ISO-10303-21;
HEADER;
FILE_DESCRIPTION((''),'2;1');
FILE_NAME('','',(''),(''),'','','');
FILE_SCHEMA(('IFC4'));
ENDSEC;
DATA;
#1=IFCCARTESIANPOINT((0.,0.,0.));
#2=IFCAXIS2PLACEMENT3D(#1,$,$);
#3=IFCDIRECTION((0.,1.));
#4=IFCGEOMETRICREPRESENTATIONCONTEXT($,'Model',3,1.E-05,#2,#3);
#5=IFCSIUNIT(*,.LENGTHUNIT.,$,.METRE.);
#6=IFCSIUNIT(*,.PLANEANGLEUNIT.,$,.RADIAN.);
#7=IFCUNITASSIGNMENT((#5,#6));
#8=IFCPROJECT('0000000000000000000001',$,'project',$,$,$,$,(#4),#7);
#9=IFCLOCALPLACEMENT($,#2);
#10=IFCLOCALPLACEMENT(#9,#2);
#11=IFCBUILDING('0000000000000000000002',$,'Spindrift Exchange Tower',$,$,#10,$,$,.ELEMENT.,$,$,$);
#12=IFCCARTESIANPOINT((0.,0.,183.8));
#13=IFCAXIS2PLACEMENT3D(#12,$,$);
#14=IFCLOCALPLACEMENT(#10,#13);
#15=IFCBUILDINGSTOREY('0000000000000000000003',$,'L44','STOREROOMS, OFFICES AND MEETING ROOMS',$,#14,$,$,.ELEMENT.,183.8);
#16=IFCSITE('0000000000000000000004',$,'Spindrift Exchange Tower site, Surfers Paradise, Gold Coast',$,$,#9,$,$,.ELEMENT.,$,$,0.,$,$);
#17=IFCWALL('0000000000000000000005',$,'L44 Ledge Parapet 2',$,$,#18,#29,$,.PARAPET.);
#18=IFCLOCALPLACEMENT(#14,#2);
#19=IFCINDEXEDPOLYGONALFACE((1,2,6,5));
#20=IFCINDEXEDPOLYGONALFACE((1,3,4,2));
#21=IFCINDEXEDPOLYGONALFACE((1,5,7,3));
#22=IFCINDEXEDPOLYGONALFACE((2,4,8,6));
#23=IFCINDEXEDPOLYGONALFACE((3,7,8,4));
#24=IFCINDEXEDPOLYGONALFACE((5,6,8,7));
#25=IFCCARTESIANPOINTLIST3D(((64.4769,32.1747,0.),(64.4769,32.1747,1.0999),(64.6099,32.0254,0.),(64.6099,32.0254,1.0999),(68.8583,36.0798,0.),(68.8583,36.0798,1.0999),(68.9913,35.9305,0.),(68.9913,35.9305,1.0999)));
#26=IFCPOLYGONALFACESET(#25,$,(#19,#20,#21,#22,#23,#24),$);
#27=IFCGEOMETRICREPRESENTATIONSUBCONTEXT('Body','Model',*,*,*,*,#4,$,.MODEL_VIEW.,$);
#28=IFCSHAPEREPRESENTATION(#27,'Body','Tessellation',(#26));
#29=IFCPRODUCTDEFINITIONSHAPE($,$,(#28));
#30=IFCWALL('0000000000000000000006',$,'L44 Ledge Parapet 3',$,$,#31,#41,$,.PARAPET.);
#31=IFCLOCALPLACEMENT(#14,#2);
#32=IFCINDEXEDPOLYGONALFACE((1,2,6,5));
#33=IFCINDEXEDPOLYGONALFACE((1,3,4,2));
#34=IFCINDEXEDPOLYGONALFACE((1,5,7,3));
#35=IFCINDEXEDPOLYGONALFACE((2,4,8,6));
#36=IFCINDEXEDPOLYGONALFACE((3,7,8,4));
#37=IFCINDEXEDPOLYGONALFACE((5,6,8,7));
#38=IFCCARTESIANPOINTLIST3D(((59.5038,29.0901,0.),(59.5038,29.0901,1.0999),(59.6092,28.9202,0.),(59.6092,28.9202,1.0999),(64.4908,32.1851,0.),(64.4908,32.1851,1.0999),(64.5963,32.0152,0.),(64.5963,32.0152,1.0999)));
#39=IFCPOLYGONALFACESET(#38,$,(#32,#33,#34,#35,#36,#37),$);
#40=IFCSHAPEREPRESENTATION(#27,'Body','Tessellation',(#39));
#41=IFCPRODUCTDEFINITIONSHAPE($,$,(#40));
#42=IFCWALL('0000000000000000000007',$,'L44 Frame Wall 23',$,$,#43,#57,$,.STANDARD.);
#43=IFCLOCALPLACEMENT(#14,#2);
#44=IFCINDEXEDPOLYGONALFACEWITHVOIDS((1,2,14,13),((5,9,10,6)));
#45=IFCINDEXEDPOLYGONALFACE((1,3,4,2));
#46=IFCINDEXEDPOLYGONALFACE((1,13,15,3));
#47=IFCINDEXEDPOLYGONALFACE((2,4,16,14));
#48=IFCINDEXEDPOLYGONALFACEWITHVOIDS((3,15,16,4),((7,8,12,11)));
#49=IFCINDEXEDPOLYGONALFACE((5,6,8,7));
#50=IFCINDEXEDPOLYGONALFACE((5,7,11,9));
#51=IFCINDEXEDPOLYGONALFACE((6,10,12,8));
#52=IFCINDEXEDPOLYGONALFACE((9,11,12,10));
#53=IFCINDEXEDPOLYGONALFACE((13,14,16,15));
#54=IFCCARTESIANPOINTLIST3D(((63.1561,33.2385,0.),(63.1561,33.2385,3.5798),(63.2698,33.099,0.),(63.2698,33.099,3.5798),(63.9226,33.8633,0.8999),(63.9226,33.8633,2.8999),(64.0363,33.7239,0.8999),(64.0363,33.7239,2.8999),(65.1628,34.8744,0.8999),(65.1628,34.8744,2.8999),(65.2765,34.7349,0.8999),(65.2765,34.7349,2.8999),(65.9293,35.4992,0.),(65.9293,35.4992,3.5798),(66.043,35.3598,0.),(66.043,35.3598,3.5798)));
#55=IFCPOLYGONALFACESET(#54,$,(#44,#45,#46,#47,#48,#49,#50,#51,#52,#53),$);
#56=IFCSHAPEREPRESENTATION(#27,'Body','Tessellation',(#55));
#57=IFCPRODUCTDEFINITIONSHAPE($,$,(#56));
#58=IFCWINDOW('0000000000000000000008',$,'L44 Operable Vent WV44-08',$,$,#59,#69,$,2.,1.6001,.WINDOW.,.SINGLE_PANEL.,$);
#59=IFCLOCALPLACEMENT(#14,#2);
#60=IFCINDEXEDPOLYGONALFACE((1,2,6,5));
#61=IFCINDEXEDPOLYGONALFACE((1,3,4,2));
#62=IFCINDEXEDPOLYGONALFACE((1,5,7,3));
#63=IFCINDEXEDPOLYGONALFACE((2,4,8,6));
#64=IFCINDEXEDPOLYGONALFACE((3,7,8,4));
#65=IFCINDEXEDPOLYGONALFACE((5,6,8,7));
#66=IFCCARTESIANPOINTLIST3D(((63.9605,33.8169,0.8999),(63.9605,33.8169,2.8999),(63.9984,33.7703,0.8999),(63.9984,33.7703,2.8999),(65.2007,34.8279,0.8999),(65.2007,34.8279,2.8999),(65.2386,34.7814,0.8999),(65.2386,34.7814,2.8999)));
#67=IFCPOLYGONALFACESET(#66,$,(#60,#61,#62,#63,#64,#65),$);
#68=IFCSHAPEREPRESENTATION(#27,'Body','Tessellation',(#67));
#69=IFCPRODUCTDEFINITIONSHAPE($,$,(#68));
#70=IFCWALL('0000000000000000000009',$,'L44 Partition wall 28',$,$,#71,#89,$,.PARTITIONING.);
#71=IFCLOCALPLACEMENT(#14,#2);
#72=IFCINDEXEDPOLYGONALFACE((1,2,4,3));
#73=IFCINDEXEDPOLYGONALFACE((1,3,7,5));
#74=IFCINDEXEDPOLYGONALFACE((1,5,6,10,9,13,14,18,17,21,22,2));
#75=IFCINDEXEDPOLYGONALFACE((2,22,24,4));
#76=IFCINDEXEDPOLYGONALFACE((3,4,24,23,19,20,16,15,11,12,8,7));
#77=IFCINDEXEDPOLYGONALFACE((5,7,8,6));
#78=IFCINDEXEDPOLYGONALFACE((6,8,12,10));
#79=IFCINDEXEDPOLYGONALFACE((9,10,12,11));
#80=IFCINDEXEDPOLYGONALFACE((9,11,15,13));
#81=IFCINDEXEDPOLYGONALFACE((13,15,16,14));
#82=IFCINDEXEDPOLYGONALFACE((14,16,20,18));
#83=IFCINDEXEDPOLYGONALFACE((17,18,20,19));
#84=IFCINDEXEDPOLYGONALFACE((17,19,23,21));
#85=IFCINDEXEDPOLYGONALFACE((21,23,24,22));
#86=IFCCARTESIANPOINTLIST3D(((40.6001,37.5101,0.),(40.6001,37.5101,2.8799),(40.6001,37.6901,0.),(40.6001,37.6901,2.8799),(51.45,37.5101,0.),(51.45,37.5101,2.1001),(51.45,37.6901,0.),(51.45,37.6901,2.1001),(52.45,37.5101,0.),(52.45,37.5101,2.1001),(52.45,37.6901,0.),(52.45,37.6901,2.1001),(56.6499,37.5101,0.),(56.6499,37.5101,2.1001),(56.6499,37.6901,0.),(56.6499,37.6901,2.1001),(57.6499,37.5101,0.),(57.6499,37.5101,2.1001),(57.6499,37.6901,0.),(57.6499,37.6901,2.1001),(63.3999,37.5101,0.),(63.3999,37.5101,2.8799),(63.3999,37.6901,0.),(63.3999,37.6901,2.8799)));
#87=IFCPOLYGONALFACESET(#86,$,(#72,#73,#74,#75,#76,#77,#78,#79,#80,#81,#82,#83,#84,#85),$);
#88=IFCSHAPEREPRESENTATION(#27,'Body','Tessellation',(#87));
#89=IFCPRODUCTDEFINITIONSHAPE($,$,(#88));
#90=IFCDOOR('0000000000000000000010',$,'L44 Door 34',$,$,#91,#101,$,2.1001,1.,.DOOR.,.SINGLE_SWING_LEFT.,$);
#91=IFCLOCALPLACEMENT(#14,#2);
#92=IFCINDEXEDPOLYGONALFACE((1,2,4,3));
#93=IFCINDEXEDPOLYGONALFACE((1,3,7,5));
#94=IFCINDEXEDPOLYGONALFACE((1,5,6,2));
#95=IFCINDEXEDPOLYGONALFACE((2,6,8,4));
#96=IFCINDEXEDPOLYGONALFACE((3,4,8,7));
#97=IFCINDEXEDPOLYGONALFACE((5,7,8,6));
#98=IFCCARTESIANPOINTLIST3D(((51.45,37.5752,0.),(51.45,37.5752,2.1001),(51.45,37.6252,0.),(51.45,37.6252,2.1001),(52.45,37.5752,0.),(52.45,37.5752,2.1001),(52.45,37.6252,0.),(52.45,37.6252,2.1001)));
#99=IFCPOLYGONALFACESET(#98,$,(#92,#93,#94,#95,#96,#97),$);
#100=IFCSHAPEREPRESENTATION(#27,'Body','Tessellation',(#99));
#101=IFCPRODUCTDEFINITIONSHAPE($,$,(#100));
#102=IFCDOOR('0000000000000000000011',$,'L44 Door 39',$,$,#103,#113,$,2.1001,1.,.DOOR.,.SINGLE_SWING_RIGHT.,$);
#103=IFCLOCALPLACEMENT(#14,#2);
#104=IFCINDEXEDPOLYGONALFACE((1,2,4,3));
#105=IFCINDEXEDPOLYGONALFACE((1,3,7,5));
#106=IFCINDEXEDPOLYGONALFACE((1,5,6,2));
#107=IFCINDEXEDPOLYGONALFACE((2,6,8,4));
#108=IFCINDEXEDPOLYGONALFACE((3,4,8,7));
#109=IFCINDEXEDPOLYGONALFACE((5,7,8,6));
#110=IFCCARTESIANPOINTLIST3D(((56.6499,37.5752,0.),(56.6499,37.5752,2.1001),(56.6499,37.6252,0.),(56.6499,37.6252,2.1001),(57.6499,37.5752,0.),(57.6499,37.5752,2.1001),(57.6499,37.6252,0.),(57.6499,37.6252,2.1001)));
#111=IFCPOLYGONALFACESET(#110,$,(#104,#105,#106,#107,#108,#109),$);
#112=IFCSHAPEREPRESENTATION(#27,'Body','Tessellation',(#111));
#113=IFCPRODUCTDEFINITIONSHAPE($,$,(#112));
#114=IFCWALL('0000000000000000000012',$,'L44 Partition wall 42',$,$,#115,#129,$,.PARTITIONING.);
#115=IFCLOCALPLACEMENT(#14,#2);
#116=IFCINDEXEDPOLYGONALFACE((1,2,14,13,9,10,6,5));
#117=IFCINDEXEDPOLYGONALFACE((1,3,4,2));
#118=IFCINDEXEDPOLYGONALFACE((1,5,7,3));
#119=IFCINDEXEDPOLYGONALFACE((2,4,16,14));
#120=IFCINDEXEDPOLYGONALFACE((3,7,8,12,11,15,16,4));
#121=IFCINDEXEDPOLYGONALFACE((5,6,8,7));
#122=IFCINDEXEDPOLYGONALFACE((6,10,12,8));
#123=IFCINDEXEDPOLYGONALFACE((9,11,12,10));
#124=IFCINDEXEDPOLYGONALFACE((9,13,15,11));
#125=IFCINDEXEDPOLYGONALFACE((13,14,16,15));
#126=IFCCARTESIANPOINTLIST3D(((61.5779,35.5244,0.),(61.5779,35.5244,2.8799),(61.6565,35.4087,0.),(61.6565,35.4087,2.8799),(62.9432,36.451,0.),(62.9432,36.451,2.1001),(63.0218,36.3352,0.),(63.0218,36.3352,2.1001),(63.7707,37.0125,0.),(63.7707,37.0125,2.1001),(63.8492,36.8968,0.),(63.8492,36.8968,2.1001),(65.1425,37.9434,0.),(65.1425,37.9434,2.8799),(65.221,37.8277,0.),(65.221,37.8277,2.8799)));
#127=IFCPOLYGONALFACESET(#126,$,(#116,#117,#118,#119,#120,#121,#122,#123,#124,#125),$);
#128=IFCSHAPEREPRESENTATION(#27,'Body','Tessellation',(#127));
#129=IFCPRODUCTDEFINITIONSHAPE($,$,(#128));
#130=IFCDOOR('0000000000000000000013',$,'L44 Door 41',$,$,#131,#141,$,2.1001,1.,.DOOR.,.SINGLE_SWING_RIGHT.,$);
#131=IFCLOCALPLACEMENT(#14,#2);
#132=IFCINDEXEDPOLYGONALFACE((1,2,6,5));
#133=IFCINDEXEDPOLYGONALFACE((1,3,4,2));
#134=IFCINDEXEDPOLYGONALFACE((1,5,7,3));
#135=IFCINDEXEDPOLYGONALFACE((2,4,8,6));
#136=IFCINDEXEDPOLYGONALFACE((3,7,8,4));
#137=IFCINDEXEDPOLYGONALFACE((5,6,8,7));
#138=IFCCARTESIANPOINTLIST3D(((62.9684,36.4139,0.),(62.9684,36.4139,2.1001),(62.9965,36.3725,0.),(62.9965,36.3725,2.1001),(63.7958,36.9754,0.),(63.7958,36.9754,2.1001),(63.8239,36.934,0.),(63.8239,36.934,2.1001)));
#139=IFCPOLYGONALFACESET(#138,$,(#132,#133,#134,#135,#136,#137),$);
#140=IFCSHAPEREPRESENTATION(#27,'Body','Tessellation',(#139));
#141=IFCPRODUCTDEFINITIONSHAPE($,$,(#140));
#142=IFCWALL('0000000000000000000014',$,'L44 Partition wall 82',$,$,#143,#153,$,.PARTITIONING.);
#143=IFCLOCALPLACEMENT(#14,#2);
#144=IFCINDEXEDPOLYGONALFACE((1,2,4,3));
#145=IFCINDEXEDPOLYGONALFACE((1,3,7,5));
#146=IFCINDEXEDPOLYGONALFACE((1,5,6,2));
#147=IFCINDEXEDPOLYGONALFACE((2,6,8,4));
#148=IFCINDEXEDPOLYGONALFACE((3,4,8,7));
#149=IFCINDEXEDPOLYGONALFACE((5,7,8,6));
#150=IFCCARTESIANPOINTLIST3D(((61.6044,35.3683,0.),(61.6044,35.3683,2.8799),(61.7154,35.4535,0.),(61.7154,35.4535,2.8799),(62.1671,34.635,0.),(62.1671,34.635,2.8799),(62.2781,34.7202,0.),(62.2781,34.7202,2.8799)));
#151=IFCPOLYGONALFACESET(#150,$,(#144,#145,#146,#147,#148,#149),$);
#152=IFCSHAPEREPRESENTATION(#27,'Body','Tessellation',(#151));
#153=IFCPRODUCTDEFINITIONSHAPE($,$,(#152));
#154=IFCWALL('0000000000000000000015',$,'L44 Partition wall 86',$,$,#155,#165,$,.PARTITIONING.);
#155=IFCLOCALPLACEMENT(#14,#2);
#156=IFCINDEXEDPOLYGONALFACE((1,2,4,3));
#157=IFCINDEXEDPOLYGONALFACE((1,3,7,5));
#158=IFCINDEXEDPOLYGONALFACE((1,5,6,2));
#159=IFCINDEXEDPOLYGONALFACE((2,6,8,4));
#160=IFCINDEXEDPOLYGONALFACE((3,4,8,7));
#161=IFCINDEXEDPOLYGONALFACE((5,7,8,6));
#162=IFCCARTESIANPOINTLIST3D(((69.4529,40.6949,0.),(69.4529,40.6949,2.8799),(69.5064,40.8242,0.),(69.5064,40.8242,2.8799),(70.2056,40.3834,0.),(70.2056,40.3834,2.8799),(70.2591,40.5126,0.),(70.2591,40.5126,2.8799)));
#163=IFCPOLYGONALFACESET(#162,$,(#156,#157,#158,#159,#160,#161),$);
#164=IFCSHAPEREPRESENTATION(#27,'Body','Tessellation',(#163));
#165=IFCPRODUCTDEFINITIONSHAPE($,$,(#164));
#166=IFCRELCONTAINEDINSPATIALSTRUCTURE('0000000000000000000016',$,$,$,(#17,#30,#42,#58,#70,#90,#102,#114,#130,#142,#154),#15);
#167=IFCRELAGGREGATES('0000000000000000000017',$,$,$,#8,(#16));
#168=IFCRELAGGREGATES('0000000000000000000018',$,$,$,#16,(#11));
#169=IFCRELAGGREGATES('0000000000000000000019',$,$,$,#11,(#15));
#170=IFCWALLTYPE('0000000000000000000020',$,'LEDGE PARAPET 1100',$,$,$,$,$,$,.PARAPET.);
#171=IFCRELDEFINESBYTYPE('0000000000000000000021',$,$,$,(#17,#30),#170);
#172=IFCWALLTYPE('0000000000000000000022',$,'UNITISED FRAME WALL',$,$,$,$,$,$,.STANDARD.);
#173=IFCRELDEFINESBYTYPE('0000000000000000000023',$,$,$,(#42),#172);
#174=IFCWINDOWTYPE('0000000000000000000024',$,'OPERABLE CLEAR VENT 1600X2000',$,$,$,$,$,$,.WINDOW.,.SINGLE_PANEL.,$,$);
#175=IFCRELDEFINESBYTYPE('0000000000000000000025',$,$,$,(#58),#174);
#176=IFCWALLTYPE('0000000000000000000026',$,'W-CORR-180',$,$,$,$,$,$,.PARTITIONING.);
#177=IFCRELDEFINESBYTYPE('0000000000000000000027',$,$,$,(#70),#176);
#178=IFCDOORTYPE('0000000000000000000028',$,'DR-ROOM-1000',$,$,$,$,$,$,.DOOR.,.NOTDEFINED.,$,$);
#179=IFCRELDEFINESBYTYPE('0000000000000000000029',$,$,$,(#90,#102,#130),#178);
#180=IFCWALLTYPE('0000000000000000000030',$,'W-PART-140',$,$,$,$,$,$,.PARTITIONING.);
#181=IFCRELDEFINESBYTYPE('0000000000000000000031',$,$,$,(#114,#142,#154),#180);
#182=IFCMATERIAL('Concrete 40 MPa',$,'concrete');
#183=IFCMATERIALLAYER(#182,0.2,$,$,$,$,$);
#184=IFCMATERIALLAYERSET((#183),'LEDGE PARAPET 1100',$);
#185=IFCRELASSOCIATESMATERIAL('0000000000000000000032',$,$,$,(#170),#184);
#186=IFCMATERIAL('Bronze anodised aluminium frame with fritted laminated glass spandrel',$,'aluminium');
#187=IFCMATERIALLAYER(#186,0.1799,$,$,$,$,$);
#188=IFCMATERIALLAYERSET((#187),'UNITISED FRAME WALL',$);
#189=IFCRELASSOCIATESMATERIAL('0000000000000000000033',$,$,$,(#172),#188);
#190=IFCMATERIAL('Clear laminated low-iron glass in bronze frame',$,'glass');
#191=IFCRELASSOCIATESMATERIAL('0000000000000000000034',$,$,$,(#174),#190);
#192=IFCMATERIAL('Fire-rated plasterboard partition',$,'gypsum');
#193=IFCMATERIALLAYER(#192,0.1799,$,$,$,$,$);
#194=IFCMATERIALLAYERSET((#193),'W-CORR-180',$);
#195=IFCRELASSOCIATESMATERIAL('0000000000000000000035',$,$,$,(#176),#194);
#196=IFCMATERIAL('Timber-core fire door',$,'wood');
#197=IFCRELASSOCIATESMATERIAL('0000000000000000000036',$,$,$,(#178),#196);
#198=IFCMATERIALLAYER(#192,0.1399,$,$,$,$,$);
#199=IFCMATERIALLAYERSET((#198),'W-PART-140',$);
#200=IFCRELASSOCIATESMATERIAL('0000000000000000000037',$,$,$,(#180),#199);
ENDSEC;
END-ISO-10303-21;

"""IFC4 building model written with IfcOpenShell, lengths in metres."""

from ifc_helpers import new_model, si_unit, direction, frame, frame_2d, origin, place, context, subcontext, project, spatial, rectangle, extrude, source, transform, mapped, material, layer, layer_set, type_object, element, fill, save


model = new_model("IFC4")

# Units and contexts
model_context = context("Model", 3, precision=1e-05, world=origin(), true_north=direction((0.0, 1.0)))
body_context = subcontext(model_context, "Body", "Model", "MODEL_VIEW")
ifc_project = project(units=[si_unit("LENGTHUNIT", "METRE"), si_unit("PLANEANGLEUNIT", "RADIAN")], contexts=[model_context])

# Site, building, storey
site_placement = place(None, origin())
site = spatial("IfcSite", under=ifc_project, at=site_placement, Name="Spindrift Exchange Tower site, Surfers Paradise, Gold Coast", CompositionType="ELEMENT", RefElevation=0.0)
building_placement = place(site_placement, origin())
building = spatial("IfcBuilding", under=site, at=building_placement, Name="Spindrift Exchange Tower", CompositionType="ELEMENT")
storey_placement = place(building_placement, frame((0.0, 0.0, 183.8)))
storey = spatial("IfcBuildingStorey", under=building, at=storey_placement, Name="L44", Description="STOREROOMS, OFFICES AND MEETING ROOMS", CompositionType="ELEMENT", Elevation=183.8)

# Walls
ifc_material_1 = material(Name="Concrete 40 MPa", Category="concrete")
ifc_layer_1 = layer(ifc_material_1, 0.2)
ifc_layer_set_1 = layer_set([ifc_layer_1], Name="LEDGE PARAPET 1100")
wall_type_1 = type_object("IfcWallType", Name="LEDGE PARAPET 1100", PredefinedType="PARAPET", material=ifc_layer_set_1)
wall_1_placement = place(storey_placement, frame((68.9248, 36.0051, 0.0), z_axis=(0.0, 0.0, 1.0), x_axis=(-0.74652, -0.665362, 0.0)))
element("IfcWall", 1, at=wall_1_placement, inside=storey, type_object=wall_type_1, Name="L44 Ledge Parapet 2", PredefinedType="PARAPET", context=body_context, shape_type="SweptSolid", body=[
    extrude(rectangle(XDim=5.8691, YDim=0.2, at=frame_2d((2.9346, 0.0))), origin(), (0.0, 0.0, 1.0), 1.0999),
])
wall_2_placement = place(storey_placement, frame((64.5435, 32.1001, 0.0), z_axis=(0.0, 0.0, 1.0), x_axis=(-0.849674, -0.527308, 0.0)))
element("IfcWall", 2, at=wall_2_placement, inside=storey, type_object=wall_type_1, Name="L44 Ledge Parapet 3", PredefinedType="PARAPET", context=body_context, shape_type="SweptSolid", body=[
    extrude(rectangle(XDim=5.8694, YDim=0.2, at=frame_2d((2.9346, 0.0))), origin(), (0.0, 0.0, 1.0), 1.0999),
])

# Wall, opening, window
ifc_material_2 = material(Name="Bronze anodised aluminium frame with fritted laminated glass spandrel", Category="aluminium")
ifc_layer_2 = layer(ifc_material_2, 0.1799)
ifc_layer_set_2 = layer_set([ifc_layer_2], Name="UNITISED FRAME WALL")
wall_type_2 = type_object("IfcWallType", Name="UNITISED FRAME WALL", PredefinedType="STANDARD", material=ifc_layer_set_2)
wall_3_placement = place(storey_placement, frame((63.2129, 33.1687, 0.0), z_axis=(0.0, 0.0, 1.0), x_axis=(0.775084, 0.631858, 0.0)))
wall_3 = element("IfcWall", 3, at=wall_3_placement, inside=storey, type_object=wall_type_2, Name="L44 Frame Wall 23", PredefinedType="STANDARD", context=body_context, shape_type="SweptSolid", body=[
    extrude(rectangle(XDim=3.5779, YDim=0.1799, at=frame_2d((1.7891, 0.0))), origin(), (0.0, 0.0, 1.0), 3.5798),
])
opening_1_placement = place(wall_3_placement, frame((0.989, 0.0, 0.8999)))
opening_1 = element("IfcOpeningElement", 4, at=opening_1_placement, cuts=wall_3, PredefinedType="OPENING", context=body_context, shape_type="SweptSolid", body=[
    extrude(rectangle(XDim=1.6001, YDim=2.0, at=frame_2d((0.8, 1.0))), frame((0.0, 0.0999, 0.0), z_axis=(0.0, -1.0, 0.0), x_axis=(1.0, 0.0, 0.0)), (0.0, 0.0, 1.0), 0.2),
])
ifc_material_3 = material(Name="Clear laminated low-iron glass in bronze frame", Category="glass")
window_type = type_object("IfcWindowType", Name="OPERABLE CLEAR VENT 1600X2000", PartitioningType="SINGLE_PANEL", PredefinedType="WINDOW", material=ifc_material_3)
shared_shape_1 = source(origin(), body_context, "Body", "SweptSolid", [
    extrude(rectangle(XDim=1.6001, YDim=2.0, at=frame_2d((0.8, 1.0))), frame((0.0, 0.03, 0.0), z_axis=(0.0, -1.0, 0.0), x_axis=(1.0, 0.0, 0.0)), (0.0, 0.0, 1.0), 0.0601),
])
window_placement = place(opening_1_placement, origin())
window = element("IfcWindow", 5, at=window_placement, inside=storey, type_object=window_type, Name="L44 Operable Vent WV44-08", OverallHeight=2.0, OverallWidth=1.6001, PartitioningType="SINGLE_PANEL", PredefinedType="WINDOW", context=body_context, shape_type="MappedRepresentation", body=[
    mapped(shared_shape_1, transform((0.0, 0.0, 0.0), scale=1.0)),
])
fill(opening_1, window)

# Wall, openings, doors
ifc_material_4 = material(Name="Fire-rated plasterboard partition", Category="gypsum")
ifc_layer_3 = layer(ifc_material_4, 0.1799)
ifc_layer_set_3 = layer_set([ifc_layer_3], Name="W-CORR-180")
wall_type_3 = type_object("IfcWallType", Name="W-CORR-180", PredefinedType="PARTITIONING", material=ifc_layer_set_3)
wall_4_placement = place(storey_placement, frame((63.3999, 37.6001, 0.0), z_axis=(0.0, 0.0, 1.0), x_axis=(-1.0, 0.0, 0.0)))
wall_4 = element("IfcWall", 6, at=wall_4_placement, inside=storey, type_object=wall_type_3, Name="L44 Partition wall 28", PredefinedType="PARTITIONING", context=body_context, shape_type="SweptSolid", body=[
    extrude(rectangle(XDim=22.7998, YDim=0.1799, at=frame_2d((11.3999, 0.0))), origin(), (0.0, 0.0, 1.0), 2.8799),
])
opening_2_placement = place(wall_4_placement, frame((10.95, 0.0, 0.0)))
opening_2 = element("IfcOpeningElement", 7, at=opening_2_placement, cuts=wall_4, PredefinedType="OPENING", context=body_context, shape_type="SweptSolid", body=[
    extrude(rectangle(XDim=1.0, YDim=2.1001, at=frame_2d((0.5, 1.05))), frame((0.0, 0.0999, 0.0), z_axis=(0.0, -1.0, 0.0), x_axis=(1.0, 0.0, 0.0)), (0.0, 0.0, 1.0), 0.2),
])
opening_3_placement = place(wall_4_placement, frame((5.75, 0.0, 0.0)))
opening_3 = element("IfcOpeningElement", 8, at=opening_3_placement, cuts=wall_4, PredefinedType="OPENING", context=body_context, shape_type="SweptSolid", body=[
    extrude(rectangle(XDim=1.0, YDim=2.1001, at=frame_2d((0.5, 1.05))), frame((0.0, 0.0999, 0.0), z_axis=(0.0, -1.0, 0.0), x_axis=(1.0, 0.0, 0.0)), (0.0, 0.0, 1.0), 0.2),
])
ifc_material_5 = material(Name="Timber-core fire door", Category="wood")
door_type = type_object("IfcDoorType", Name="DR-ROOM-1000", OperationType="NOTDEFINED", PredefinedType="DOOR", material=ifc_material_5)
shared_shape_2 = source(origin(), body_context, "Body", "SweptSolid", [
    extrude(rectangle(XDim=1.0, YDim=2.1001, at=frame_2d((0.5, 1.05))), frame((0.0, 0.0249, 0.0), z_axis=(0.0, -1.0, 0.0), x_axis=(1.0, 0.0, 0.0)), (0.0, 0.0, 1.0), 0.05),
])
door_1_placement = place(opening_2_placement, origin())
door_1 = element("IfcDoor", 9, at=door_1_placement, inside=storey, type_object=door_type, Name="L44 Door 34", OperationType="SINGLE_SWING_LEFT", OverallHeight=2.1001, OverallWidth=1.0, PredefinedType="DOOR", context=body_context, shape_type="MappedRepresentation", body=[
    mapped(shared_shape_2, transform((0.0, 0.0, 0.0), scale=1.0)),
])
fill(opening_2, door_1)
door_2_placement = place(opening_3_placement, origin())
door_2 = element("IfcDoor", 10, at=door_2_placement, inside=storey, type_object=door_type, Name="L44 Door 39", OperationType="SINGLE_SWING_RIGHT", OverallHeight=2.1001, OverallWidth=1.0, PredefinedType="DOOR", context=body_context, shape_type="MappedRepresentation", body=[
    mapped(shared_shape_2, transform((0.0, 0.0, 0.0), scale=1.0)),
])
fill(opening_3, door_2)

# Wall, opening, door
ifc_layer_4 = layer(ifc_material_4, 0.1399)
ifc_layer_set_4 = layer_set([ifc_layer_4], Name="W-PART-140")
wall_type_4 = type_object("IfcWallType", Name="W-PART-140", PredefinedType="PARTITIONING", material=ifc_layer_set_4)
wall_5_placement = place(storey_placement, frame((65.1816, 37.8855, 0.0), z_axis=(0.0, 0.0, 1.0), x_axis=(-0.827453, -0.561535, 0.0)))
wall_5 = element("IfcWall", 11, at=wall_5_placement, inside=storey, type_object=wall_type_4, Name="L44 Partition wall 42", PredefinedType="PARTITIONING", context=body_context, shape_type="SweptSolid", body=[
    extrude(rectangle(XDim=4.3079, YDim=0.1399, at=frame_2d((2.1538, 0.0))), origin(), (0.0, 0.0, 1.0), 2.8799),
])
opening_4_placement = place(wall_5_placement, frame((1.6577, 0.0, 0.0)))
opening_4 = element("IfcOpeningElement", 12, at=opening_4_placement, cuts=wall_5, PredefinedType="OPENING", context=body_context, shape_type="SweptSolid", body=[
    extrude(rectangle(XDim=1.0, YDim=2.1001, at=frame_2d((0.5, 1.05))), frame((0.0, 0.0798, 0.0), z_axis=(0.0, -1.0, 0.0), x_axis=(1.0, 0.0, 0.0)), (0.0, 0.0, 1.0), 0.1599),
])
door_3_placement = place(opening_4_placement, origin())
door_3 = element("IfcDoor", 13, at=door_3_placement, inside=storey, type_object=door_type, Name="L44 Door 41", OperationType="SINGLE_SWING_RIGHT", OverallHeight=2.1001, OverallWidth=1.0, PredefinedType="DOOR", context=body_context, shape_type="MappedRepresentation", body=[
    mapped(shared_shape_2, transform((0.0, 0.0, 0.0), scale=1.0)),
])
fill(opening_4, door_3)

# Walls
wall_6_placement = place(storey_placement, frame((61.6599, 35.4109, 0.0), z_axis=(0.0, 0.0, 1.0), x_axis=(0.608753, -0.79336, 0.0)))
element("IfcWall", 14, at=wall_6_placement, inside=storey, type_object=wall_type_4, Name="L44 Partition wall 82", PredefinedType="PARTITIONING", context=body_context, shape_type="SweptSolid", body=[
    extrude(rectangle(XDim=0.9243, YDim=0.1399, at=frame_2d((0.4622, 0.0))), origin(), (0.0, 0.0, 1.0), 2.8799),
])
wall_7_placement = place(storey_placement, frame((69.4797, 40.7595, 0.0), z_axis=(0.0, 0.0, 1.0), x_axis=(0.923988, -0.382422, 0.0)))
element("IfcWall", 15, at=wall_7_placement, inside=storey, type_object=wall_type_4, Name="L44 Partition wall 86", PredefinedType="PARTITIONING", context=body_context, shape_type="SweptSolid", body=[
    extrude(rectangle(XDim=0.8147, YDim=0.1399, at=frame_2d((0.4072, 0.0))), origin(), (0.0, 0.0, 1.0), 2.8799),
])

save(model, "model.ifc")
